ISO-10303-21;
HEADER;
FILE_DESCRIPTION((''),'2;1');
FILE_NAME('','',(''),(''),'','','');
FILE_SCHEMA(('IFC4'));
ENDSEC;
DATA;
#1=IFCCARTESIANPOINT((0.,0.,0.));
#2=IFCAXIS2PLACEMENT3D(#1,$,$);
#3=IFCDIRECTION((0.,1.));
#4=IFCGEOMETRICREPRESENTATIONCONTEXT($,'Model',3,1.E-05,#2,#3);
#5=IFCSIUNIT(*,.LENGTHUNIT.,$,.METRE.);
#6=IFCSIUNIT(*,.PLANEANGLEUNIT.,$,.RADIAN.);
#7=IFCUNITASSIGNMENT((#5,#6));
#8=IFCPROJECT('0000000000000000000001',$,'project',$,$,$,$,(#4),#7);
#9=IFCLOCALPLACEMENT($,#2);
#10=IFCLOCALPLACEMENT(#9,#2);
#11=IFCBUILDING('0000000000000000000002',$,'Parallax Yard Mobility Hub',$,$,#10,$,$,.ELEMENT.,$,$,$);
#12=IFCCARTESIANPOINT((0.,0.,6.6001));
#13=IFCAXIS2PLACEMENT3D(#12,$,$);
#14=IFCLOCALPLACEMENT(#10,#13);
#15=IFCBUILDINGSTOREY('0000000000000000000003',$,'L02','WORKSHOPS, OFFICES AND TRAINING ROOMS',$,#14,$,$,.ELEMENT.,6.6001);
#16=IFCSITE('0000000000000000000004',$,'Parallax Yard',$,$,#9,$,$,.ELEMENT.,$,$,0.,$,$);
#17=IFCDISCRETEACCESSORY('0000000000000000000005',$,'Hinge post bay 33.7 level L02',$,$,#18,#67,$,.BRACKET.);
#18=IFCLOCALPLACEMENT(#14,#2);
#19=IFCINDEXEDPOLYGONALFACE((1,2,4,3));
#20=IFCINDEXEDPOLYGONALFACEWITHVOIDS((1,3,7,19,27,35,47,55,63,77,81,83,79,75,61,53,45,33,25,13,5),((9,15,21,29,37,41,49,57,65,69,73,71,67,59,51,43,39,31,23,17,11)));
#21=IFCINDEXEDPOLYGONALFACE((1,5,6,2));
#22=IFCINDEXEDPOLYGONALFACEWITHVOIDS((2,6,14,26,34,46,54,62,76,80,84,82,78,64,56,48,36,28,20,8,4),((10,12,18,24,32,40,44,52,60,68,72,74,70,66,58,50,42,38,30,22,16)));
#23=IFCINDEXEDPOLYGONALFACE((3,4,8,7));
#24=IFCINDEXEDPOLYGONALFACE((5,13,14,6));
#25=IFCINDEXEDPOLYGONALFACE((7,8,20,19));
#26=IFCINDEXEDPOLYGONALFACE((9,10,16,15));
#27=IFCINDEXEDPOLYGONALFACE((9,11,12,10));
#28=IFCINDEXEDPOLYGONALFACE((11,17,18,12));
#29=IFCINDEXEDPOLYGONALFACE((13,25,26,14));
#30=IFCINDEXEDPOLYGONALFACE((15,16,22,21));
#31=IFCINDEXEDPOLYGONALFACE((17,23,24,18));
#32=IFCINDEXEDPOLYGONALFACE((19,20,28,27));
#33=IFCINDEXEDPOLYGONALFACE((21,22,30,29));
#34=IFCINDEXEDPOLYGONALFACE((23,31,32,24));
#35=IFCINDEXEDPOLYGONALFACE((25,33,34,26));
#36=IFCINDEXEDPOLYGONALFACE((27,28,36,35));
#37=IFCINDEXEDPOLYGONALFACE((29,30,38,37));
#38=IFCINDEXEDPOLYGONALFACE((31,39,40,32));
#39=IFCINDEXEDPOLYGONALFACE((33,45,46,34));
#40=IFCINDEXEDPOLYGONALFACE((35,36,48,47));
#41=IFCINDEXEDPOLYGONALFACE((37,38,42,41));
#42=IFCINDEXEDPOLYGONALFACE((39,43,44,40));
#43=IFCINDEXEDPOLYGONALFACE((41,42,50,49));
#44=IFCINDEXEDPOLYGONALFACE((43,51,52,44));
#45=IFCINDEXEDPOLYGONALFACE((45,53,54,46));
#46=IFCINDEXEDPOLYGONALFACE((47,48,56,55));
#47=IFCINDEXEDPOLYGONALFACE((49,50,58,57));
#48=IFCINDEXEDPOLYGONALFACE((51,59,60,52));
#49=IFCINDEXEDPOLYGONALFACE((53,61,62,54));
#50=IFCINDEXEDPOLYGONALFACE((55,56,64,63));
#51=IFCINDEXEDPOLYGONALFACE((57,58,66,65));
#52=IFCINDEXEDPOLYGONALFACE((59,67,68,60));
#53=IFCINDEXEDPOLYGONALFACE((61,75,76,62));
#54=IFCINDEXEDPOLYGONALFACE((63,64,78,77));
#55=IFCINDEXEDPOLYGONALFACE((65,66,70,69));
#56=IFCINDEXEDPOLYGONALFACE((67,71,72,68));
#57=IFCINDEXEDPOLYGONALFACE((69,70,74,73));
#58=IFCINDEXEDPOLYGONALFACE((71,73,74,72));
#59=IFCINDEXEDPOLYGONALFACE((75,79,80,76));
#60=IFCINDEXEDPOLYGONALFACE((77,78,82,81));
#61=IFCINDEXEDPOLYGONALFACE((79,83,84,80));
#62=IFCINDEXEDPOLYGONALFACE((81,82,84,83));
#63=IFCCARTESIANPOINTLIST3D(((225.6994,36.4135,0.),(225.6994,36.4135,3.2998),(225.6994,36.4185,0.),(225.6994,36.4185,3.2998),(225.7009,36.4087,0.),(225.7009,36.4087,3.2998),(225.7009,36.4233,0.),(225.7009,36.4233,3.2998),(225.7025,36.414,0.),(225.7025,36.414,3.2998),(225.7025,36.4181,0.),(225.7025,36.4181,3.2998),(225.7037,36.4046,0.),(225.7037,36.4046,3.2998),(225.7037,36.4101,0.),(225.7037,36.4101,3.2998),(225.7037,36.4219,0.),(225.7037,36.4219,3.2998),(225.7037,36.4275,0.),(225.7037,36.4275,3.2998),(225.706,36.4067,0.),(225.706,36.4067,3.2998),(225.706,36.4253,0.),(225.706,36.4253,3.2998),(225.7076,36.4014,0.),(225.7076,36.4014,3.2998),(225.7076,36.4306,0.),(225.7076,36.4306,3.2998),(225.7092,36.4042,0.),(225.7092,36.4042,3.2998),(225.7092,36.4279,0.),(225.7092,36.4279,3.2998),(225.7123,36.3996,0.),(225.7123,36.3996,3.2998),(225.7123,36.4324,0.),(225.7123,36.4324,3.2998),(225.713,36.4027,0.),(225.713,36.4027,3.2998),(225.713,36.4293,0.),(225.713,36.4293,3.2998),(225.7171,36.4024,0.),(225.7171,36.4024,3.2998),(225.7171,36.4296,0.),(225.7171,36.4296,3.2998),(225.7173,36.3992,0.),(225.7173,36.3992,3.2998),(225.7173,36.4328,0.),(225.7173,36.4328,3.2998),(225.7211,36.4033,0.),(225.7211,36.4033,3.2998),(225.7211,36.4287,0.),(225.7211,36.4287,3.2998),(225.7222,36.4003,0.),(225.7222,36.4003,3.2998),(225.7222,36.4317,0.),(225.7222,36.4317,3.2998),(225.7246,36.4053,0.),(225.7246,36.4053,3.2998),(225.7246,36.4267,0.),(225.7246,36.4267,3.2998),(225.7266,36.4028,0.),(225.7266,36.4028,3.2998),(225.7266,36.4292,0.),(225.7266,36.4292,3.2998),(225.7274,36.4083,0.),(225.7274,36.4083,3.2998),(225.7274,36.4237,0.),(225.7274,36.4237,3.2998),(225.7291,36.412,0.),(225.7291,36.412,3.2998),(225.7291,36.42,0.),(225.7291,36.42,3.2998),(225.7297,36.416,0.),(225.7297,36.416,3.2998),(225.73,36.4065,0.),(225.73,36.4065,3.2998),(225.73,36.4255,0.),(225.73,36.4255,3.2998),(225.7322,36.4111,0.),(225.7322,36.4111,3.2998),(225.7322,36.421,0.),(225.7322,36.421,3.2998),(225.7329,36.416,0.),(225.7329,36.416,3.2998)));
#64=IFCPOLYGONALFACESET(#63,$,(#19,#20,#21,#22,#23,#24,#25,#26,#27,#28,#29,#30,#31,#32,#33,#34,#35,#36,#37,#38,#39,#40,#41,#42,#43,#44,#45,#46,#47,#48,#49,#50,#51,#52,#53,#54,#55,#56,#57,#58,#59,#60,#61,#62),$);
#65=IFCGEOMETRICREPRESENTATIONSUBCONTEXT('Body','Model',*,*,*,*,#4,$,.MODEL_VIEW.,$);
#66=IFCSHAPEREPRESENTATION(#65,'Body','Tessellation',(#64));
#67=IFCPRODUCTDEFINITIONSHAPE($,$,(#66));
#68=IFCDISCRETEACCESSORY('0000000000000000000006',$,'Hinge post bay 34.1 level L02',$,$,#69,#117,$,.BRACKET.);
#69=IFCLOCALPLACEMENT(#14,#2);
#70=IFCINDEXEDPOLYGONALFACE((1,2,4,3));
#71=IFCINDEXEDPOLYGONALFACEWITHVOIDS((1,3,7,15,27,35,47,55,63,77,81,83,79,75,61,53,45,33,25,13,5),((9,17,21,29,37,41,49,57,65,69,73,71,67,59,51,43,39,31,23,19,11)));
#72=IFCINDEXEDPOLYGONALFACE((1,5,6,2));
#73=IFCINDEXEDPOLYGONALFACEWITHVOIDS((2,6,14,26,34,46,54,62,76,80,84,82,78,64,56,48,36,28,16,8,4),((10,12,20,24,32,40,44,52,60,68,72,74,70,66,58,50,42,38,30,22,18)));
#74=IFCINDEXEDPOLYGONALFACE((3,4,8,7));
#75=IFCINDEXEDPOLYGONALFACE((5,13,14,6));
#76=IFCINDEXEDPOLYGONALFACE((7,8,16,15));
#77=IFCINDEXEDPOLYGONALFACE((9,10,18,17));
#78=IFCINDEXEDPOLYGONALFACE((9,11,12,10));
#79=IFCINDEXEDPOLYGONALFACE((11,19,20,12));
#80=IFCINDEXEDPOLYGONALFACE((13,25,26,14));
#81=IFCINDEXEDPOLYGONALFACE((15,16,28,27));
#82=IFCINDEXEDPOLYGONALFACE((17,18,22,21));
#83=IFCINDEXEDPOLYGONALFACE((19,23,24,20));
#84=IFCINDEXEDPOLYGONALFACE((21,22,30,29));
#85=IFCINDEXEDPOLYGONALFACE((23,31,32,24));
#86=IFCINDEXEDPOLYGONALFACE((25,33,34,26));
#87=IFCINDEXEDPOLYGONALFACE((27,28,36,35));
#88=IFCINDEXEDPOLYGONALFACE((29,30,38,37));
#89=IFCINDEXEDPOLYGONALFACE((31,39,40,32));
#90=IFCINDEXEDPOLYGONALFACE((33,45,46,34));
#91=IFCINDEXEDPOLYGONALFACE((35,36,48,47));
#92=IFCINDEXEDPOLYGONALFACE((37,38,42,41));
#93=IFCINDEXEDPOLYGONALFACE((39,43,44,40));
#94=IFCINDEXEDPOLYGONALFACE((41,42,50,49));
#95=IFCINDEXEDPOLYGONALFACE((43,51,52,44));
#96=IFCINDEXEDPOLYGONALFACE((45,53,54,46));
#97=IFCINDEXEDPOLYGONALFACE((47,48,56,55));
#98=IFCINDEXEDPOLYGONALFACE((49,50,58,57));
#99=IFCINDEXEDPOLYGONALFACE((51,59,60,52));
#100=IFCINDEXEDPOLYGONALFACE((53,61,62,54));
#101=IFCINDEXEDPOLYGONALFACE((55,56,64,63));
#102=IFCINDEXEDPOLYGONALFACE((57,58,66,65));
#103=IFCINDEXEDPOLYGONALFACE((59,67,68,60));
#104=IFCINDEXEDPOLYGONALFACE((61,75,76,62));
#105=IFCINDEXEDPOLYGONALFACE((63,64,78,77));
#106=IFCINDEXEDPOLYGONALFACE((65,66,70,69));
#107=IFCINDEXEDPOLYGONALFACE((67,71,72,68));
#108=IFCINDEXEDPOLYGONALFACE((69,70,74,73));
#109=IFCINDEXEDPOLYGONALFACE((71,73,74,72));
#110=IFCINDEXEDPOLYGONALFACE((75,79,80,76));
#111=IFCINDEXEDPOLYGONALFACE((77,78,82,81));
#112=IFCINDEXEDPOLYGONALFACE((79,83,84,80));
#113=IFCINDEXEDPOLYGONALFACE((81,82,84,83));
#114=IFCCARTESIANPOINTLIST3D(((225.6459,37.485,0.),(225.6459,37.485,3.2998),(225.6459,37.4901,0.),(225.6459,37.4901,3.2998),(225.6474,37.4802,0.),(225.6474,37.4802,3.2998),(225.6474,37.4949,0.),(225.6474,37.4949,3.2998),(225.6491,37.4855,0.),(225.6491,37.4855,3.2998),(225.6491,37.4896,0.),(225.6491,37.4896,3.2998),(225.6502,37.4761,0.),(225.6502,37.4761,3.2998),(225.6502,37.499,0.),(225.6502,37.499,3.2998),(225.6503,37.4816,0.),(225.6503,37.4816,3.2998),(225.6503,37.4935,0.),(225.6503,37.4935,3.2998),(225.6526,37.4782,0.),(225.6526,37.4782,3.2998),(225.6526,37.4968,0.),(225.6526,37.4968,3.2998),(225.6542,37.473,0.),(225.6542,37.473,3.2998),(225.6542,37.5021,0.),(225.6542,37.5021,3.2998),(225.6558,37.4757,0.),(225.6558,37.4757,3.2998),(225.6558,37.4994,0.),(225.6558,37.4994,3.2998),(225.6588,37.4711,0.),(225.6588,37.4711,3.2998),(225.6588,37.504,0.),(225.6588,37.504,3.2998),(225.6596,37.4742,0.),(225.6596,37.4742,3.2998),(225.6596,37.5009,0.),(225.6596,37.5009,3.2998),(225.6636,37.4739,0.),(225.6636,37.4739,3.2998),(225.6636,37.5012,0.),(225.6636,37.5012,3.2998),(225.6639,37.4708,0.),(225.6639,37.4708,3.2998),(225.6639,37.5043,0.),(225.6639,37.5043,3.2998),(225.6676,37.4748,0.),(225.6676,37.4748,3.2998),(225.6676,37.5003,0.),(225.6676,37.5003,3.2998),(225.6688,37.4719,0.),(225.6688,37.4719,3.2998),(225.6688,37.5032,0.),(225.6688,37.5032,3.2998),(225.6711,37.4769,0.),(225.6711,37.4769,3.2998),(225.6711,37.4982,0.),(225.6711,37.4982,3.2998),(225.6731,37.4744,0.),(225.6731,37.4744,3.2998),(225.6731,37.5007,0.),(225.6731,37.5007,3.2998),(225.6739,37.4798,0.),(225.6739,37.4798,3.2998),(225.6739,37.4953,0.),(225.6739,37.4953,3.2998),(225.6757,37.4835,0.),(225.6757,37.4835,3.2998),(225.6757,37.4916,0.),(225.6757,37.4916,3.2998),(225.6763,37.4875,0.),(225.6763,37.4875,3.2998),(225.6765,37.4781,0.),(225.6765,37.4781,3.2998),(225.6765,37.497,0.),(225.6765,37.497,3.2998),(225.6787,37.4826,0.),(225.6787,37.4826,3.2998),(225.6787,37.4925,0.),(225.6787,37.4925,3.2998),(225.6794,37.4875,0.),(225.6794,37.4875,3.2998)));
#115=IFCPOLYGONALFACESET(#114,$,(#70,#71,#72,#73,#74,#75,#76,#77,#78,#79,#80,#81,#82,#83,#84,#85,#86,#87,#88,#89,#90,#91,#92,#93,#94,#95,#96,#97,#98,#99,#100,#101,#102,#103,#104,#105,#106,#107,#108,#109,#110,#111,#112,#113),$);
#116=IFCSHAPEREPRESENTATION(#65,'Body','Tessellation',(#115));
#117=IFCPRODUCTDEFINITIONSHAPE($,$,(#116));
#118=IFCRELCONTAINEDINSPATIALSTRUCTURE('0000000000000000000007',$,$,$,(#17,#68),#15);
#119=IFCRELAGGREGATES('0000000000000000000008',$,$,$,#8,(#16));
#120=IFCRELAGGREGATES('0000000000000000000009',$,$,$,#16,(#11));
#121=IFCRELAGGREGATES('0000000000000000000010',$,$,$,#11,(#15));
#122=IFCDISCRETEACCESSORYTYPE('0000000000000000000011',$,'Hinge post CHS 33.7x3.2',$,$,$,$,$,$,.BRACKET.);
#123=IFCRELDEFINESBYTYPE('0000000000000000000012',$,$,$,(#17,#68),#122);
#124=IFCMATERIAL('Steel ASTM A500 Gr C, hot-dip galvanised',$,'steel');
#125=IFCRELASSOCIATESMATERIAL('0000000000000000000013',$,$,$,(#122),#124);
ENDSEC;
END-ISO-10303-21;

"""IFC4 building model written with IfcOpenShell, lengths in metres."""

from ifc_helpers import new_model, si_unit, direction, frame, origin, origin_2d, place, context, subcontext, project, spatial, hollow_circle, extrude, material, material_profile, profile_set, type_object, element, save


model = new_model("IFC4")

# Units and contexts
model_context = context("Model", 3, precision=1e-05, world=origin(), true_north=direction((0.0, 1.0)))
body_context = subcontext(model_context, "Body", "Model", "MODEL_VIEW")
ifc_project = project(units=[si_unit("LENGTHUNIT", "METRE"), si_unit("PLANEANGLEUNIT", "RADIAN")], contexts=[model_context])

# Site, building, storey
site_placement = place(None, origin())
site = spatial("IfcSite", under=ifc_project, at=site_placement, Name="Parallax Yard", CompositionType="ELEMENT", RefElevation=0.0)
building_placement = place(site_placement, origin())
building = spatial("IfcBuilding", under=site, at=building_placement, Name="Parallax Yard Mobility Hub", CompositionType="ELEMENT")
storey_placement = place(building_placement, frame((0.0, 0.0, 6.6001)))
storey = spatial("IfcBuildingStorey", under=building, at=storey_placement, Name="L02", Description="WORKSHOPS, OFFICES AND TRAINING ROOMS", CompositionType="ELEMENT", Elevation=6.6001)

# Discrete accessories
ifc_material_1 = material(Name="Steel ASTM A500 Gr C, hot-dip galvanised", Category="steel")
ifc_material_profile_1 = material_profile(ifc_material_1, hollow_circle(Radius=0.0168, WallThickness=0.0032, at=origin_2d()), Name="CHS 33.7x3.2")
ifc_profile_set_1 = profile_set([ifc_material_profile_1], Name="Steel ASTM A500 Gr C, hot-dip galvanised")
discrete_accessory_type_1 = type_object("IfcDiscreteAccessoryType", Name="Hinge post CHS 33.7x3.2", PredefinedType="BRACKET", material=ifc_profile_set_1)
for number, where, z_axis, x_axis, name in (
    (1, (225.7161, 36.416, 0.0), (0.0, 0.0, 1.0), (1.0, 0.0, 0.0), "Hinge post bay 33.7 level L02"),
    (2, (225.6626, 37.4875, 0.0), (0.0, 0.0, 1.0), (1.0, 0.0, 0.0), "Hinge post bay 34.1 level L02"),
):
    element("IfcDiscreteAccessory", number, at=place(storey_placement, frame(where, z_axis=z_axis, x_axis=x_axis)), inside=storey, type_object=discrete_accessory_type_1, Name=name, PredefinedType="BRACKET", context=body_context, shape_type="SweptSolid", body=[
        extrude(hollow_circle(Radius=0.0168, WallThickness=0.0032, at=origin_2d()), origin(), (0.0, 0.0, 1.0), 3.2998),
    ])

save(model, "model.ifc")
